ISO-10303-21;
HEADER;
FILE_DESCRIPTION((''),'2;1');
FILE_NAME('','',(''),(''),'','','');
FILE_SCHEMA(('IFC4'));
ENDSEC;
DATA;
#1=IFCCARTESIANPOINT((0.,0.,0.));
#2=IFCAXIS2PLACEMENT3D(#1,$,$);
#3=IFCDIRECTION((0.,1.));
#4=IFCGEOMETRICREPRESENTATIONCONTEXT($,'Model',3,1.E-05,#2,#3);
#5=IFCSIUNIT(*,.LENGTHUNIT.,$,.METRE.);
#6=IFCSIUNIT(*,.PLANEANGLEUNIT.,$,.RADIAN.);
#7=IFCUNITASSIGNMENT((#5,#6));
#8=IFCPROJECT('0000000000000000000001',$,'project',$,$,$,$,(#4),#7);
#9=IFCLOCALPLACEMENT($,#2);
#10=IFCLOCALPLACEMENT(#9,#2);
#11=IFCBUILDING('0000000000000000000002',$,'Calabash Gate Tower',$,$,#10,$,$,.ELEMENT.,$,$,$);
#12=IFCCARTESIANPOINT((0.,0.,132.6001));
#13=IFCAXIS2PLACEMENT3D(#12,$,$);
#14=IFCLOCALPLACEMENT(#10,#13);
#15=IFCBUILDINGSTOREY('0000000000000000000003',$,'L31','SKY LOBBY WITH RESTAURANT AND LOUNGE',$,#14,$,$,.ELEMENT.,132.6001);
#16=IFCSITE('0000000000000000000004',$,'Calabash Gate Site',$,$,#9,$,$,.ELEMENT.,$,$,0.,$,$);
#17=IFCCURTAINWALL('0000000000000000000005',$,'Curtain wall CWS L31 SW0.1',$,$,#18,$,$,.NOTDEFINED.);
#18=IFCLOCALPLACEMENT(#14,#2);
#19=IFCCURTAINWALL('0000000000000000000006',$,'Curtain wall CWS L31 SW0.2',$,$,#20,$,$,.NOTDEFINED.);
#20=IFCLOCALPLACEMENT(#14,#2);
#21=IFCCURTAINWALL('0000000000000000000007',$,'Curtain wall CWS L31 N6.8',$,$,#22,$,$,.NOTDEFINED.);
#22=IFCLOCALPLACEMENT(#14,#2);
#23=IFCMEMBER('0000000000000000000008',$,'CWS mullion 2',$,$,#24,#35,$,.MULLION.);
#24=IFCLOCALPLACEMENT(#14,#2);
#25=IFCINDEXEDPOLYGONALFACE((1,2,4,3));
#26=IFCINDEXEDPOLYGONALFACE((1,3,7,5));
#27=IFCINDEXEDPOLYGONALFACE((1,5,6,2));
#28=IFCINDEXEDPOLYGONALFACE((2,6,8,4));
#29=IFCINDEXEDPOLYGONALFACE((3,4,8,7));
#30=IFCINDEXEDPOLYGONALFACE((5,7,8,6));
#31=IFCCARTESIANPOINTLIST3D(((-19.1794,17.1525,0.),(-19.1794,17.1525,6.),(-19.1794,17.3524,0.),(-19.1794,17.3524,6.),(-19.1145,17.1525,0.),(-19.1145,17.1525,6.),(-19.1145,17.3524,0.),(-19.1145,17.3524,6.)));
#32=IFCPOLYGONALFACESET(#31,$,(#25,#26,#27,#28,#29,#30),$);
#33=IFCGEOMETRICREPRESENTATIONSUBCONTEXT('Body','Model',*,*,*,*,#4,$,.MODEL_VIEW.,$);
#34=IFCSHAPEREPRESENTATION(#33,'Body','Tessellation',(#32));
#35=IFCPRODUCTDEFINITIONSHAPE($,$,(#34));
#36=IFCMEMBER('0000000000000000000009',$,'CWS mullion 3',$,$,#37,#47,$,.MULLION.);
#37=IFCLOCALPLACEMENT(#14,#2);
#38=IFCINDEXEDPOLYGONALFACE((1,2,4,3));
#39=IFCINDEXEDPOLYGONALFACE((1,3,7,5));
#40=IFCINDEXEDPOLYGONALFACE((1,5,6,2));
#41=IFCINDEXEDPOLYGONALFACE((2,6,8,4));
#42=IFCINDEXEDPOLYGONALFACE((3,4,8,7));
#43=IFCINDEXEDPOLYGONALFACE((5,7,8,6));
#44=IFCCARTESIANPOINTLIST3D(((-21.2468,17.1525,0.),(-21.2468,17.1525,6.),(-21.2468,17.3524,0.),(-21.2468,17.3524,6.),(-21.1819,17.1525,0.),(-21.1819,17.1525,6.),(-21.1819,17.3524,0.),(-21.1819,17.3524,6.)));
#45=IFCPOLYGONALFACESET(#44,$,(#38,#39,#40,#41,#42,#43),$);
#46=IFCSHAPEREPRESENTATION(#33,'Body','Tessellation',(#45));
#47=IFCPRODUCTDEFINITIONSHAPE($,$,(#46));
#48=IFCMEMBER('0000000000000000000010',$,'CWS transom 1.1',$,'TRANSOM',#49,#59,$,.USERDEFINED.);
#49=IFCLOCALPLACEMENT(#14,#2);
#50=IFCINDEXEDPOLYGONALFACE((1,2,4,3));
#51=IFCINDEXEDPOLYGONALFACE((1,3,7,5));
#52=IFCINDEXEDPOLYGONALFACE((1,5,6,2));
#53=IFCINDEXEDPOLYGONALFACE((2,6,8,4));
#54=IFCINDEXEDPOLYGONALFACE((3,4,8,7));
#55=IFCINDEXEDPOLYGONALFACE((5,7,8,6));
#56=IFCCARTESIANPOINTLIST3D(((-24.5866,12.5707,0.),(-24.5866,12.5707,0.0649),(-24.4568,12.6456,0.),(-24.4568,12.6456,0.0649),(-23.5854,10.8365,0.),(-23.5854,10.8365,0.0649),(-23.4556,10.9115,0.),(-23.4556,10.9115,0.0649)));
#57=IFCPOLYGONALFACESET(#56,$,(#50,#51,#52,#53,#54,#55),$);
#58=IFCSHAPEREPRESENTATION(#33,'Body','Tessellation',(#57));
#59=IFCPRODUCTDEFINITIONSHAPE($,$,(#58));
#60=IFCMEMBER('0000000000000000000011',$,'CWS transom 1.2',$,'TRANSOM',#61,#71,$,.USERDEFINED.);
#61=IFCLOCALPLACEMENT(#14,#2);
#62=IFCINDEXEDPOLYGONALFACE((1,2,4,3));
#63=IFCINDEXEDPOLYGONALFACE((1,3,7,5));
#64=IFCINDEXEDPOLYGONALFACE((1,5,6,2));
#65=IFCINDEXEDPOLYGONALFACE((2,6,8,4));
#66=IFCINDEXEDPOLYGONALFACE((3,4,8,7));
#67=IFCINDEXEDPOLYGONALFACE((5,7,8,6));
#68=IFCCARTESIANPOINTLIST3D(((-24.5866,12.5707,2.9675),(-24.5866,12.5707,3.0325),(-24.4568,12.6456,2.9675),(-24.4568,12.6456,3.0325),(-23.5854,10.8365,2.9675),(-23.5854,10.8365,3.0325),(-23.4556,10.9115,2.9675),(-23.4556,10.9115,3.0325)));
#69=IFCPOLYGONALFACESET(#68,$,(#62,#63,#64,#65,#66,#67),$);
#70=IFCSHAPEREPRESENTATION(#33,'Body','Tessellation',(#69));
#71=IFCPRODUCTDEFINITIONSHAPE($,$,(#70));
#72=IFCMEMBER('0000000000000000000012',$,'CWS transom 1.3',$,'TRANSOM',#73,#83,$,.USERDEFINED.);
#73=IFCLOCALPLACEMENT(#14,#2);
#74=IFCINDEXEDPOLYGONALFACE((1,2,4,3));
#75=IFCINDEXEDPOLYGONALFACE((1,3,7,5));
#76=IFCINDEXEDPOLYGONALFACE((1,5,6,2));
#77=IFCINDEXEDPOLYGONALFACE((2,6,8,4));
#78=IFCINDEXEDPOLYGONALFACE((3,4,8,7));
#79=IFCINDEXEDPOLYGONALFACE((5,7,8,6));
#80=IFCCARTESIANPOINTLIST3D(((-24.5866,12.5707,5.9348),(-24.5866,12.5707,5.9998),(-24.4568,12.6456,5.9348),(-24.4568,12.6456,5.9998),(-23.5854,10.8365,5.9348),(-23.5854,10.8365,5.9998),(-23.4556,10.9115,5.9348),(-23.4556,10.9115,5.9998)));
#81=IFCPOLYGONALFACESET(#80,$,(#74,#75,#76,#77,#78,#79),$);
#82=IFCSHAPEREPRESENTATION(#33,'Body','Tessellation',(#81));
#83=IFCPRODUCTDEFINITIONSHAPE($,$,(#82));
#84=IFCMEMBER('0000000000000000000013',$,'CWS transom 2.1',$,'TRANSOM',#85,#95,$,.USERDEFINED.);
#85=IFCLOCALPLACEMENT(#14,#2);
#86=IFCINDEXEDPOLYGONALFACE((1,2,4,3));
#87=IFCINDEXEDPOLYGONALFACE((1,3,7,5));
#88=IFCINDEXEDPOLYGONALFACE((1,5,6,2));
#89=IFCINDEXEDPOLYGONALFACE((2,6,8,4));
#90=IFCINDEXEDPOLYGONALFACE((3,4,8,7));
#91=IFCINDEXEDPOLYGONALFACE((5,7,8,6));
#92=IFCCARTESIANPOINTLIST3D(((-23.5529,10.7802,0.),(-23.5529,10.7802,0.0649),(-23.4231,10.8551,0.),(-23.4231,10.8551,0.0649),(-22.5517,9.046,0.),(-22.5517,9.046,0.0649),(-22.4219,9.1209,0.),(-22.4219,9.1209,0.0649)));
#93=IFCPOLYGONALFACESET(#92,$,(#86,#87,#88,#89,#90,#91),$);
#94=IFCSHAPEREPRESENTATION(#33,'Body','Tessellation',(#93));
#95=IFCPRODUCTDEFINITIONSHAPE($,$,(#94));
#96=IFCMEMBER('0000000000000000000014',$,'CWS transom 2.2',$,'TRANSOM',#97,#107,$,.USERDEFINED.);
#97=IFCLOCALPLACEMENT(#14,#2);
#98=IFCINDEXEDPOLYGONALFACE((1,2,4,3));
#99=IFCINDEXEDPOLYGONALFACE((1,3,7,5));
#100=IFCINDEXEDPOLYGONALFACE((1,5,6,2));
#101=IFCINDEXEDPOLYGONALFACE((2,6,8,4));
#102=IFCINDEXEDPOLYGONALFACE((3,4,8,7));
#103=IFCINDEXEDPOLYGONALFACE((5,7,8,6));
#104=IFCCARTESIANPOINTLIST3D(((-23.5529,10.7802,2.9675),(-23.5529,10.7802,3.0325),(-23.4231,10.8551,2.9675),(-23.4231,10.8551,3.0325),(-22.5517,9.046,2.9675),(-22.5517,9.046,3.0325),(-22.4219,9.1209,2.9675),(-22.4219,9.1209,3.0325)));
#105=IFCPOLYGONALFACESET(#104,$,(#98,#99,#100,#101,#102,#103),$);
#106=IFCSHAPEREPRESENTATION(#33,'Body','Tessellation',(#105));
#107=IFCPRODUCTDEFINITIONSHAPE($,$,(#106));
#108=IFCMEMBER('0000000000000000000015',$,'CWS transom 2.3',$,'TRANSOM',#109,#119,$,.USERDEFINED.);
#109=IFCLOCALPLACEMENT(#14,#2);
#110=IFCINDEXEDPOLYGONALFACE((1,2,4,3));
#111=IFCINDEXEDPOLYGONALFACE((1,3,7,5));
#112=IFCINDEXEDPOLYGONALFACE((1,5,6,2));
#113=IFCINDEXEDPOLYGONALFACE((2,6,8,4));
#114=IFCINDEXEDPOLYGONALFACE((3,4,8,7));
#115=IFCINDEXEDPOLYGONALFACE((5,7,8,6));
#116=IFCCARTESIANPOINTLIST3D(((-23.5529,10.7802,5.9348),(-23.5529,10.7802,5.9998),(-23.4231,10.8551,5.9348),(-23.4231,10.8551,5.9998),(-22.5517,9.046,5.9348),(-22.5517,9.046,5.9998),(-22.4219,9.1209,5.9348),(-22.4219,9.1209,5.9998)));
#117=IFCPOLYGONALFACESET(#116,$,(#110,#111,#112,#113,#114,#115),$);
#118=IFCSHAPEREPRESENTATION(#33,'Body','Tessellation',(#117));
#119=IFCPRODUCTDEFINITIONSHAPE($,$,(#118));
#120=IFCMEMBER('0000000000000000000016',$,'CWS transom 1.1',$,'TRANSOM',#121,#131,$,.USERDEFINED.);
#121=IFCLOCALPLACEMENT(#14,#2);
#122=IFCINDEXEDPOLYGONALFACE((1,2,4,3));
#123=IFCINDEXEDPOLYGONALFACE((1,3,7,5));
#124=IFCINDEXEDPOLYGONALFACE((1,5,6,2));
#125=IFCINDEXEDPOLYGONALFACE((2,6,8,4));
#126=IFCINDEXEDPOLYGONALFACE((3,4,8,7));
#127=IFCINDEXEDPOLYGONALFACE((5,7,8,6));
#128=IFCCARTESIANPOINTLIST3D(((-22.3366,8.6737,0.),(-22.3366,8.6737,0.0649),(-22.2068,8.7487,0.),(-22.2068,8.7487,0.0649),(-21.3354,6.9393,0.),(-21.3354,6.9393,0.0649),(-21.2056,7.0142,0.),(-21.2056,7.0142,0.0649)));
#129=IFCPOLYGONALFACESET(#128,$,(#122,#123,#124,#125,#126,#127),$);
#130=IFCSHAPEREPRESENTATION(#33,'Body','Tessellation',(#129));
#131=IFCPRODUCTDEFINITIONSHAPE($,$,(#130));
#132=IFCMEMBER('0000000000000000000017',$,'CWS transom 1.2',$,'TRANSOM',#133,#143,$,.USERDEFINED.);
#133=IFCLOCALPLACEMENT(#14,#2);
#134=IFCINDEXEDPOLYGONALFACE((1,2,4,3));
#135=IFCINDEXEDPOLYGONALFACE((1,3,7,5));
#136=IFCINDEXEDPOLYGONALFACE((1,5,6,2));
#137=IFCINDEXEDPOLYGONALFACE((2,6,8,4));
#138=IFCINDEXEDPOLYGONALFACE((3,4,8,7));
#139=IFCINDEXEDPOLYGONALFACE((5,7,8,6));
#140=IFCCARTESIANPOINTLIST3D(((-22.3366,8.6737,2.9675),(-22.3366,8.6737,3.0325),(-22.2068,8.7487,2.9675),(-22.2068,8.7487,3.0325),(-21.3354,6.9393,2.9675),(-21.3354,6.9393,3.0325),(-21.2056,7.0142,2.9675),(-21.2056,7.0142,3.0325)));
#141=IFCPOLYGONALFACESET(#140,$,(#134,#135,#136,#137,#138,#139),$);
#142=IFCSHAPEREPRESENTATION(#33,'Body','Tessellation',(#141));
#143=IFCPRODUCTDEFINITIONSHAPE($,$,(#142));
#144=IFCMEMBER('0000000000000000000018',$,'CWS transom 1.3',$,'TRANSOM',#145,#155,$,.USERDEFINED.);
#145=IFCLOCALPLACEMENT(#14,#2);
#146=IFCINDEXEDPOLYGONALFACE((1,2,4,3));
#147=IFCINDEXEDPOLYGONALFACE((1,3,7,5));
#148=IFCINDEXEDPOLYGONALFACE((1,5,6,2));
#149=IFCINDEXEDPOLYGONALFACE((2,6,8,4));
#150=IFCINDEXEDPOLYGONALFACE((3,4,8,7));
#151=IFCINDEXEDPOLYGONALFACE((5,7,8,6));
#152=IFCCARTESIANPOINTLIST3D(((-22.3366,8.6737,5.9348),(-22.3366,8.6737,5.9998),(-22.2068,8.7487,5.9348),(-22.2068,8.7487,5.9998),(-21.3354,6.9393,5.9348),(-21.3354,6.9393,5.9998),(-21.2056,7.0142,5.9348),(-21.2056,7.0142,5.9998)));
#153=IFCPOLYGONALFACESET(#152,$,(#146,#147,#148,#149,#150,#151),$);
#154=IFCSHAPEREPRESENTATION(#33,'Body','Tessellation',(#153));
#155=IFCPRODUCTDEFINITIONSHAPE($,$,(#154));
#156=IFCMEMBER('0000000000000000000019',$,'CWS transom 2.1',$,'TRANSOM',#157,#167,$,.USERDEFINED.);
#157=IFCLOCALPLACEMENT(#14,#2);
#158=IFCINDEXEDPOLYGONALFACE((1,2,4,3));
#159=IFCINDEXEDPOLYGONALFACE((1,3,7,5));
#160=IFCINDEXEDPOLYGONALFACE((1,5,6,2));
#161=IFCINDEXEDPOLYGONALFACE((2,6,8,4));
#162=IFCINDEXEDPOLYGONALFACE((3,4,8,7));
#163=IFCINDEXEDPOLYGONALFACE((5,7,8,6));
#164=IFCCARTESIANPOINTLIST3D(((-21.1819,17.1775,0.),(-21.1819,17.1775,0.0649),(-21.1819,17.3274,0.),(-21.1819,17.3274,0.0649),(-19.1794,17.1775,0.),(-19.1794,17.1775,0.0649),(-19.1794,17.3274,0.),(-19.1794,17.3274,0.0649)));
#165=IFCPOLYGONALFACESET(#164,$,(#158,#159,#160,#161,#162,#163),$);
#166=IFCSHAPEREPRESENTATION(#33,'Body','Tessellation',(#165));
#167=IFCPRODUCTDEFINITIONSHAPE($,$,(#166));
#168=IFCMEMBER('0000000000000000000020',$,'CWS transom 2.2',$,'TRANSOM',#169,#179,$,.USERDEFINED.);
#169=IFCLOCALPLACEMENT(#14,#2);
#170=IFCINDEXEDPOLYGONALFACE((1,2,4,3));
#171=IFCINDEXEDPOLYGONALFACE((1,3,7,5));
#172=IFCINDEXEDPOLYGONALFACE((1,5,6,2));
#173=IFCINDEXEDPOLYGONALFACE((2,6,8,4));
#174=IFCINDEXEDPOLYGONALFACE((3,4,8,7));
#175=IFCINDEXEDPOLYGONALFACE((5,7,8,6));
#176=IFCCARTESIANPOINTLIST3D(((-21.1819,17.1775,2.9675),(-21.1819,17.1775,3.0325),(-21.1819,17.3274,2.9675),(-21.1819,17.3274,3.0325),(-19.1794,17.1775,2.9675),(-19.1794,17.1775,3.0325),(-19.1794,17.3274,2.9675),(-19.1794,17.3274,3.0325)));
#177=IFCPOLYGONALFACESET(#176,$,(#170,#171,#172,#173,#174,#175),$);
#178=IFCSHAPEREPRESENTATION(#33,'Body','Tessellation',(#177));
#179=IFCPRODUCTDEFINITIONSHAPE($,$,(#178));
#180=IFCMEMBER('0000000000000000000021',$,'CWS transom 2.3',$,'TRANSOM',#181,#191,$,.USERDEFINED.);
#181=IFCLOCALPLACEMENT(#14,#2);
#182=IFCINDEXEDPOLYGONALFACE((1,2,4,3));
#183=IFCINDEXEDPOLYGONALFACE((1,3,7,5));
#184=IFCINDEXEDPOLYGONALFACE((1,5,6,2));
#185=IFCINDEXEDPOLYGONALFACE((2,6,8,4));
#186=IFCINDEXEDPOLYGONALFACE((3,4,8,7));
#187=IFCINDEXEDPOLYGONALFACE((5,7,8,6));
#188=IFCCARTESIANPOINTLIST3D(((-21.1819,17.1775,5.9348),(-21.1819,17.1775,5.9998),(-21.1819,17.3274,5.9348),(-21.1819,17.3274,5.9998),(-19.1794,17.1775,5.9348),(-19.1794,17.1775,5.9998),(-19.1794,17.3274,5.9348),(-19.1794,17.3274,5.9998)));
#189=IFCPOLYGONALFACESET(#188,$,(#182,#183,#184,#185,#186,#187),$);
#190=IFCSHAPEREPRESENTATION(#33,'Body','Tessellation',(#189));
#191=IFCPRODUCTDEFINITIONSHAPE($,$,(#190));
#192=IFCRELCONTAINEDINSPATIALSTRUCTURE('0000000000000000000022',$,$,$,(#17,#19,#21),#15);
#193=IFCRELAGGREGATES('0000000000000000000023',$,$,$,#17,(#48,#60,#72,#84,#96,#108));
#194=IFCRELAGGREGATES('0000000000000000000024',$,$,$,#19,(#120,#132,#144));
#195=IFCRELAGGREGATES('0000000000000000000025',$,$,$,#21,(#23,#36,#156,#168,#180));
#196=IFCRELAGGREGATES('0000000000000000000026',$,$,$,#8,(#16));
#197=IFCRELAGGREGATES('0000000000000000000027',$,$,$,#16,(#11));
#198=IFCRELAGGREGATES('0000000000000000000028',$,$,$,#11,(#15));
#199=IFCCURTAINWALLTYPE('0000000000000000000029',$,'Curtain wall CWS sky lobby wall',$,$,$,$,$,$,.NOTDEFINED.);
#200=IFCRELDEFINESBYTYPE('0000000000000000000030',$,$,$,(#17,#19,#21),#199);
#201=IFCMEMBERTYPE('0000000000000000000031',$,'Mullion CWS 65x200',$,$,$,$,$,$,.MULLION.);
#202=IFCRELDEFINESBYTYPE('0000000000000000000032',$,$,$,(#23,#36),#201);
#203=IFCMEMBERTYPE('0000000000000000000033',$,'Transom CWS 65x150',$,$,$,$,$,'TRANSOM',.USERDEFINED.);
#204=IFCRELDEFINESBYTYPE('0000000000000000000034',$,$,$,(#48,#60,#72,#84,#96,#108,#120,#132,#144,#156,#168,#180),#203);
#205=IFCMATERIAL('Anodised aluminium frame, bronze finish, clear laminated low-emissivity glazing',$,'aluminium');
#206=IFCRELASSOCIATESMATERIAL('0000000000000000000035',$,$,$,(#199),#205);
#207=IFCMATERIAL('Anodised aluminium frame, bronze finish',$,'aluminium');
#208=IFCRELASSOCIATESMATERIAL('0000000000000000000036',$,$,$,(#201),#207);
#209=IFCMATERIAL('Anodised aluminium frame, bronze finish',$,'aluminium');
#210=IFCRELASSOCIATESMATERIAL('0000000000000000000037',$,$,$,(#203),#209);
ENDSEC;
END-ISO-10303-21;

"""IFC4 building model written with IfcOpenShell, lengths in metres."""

from ifc_helpers import new_model, si_unit, direction, frame, origin, origin_2d, place, context, subcontext, project, spatial, rectangle, extrude, material, material_profile, profile_set, type_object, element, aggregate, save


model = new_model("IFC4")

# Units and contexts
model_context = context("Model", 3, precision=1e-05, world=origin(), true_north=direction((0.0, 1.0)))
body_context = subcontext(model_context, "Body", "Model", "MODEL_VIEW")
ifc_project = project(units=[si_unit("LENGTHUNIT", "METRE"), si_unit("PLANEANGLEUNIT", "RADIAN")], contexts=[model_context])

# Site, building, storey
site_placement = place(None, origin())
site = spatial("IfcSite", under=ifc_project, at=site_placement, Name="Calabash Gate Site", CompositionType="ELEMENT", RefElevation=0.0)
building_placement = place(site_placement, origin())
building = spatial("IfcBuilding", under=site, at=building_placement, Name="Calabash Gate Tower", CompositionType="ELEMENT")
storey_placement = place(building_placement, frame((0.0, 0.0, 132.6001)))
storey = spatial("IfcBuildingStorey", under=building, at=storey_placement, Name="L31", Description="SKY LOBBY WITH RESTAURANT AND LOUNGE", CompositionType="ELEMENT", Elevation=132.6001)

# Curtain wall
ifc_material_1 = material(Name="Anodised aluminium frame, bronze finish, clear laminated low-emissivity glazing", Category="aluminium")
curtain_wall_type = type_object("IfcCurtainWallType", Name="Curtain wall CWS sky lobby wall", PredefinedType="NOTDEFINED", material=ifc_material_1)
curtain_wall_1_placement = place(storey_placement, origin())
curtain_wall_1 = element("IfcCurtainWall", 1, at=curtain_wall_1_placement, inside=storey, type_object=curtain_wall_type, Name="Curtain wall CWS L31 SW0.1", PredefinedType="NOTDEFINED")
ifc_material_2 = material(Name="Anodised aluminium frame, bronze finish", Category="aluminium")
ifc_material_profile_1 = material_profile(ifc_material_2, rectangle(XDim=0.2, YDim=0.0649, at=origin_2d()))
ifc_profile_set_1 = profile_set([ifc_material_profile_1], Name="Anodised aluminium frame, bronze finish")
member_type_1 = type_object("IfcMemberType", Name="Mullion CWS 65x200", PredefinedType="MULLION", material=ifc_profile_set_1)

# Curtain wall
curtain_wall_2_placement = place(storey_placement, origin())
curtain_wall_2 = element("IfcCurtainWall", 2, at=curtain_wall_2_placement, inside=storey, type_object=curtain_wall_type, Name="Curtain wall CWS L31 SW0.2", PredefinedType="NOTDEFINED")

# Curtain wall, members
curtain_wall_3_placement = place(storey_placement, origin())
curtain_wall_3 = element("IfcCurtainWall", 3, at=curtain_wall_3_placement, inside=storey, type_object=curtain_wall_type, Name="Curtain wall CWS L31 N6.8", PredefinedType="NOTDEFINED")
member_1_placement = place(storey_placement, frame((-19.147, 17.2524, 0.0), z_axis=(0.0, 0.0, 1.0), x_axis=(0.0, -1.0, 0.0)))
member_1 = element("IfcMember", 4, at=member_1_placement, type_object=member_type_1, Name="CWS mullion 2", PredefinedType="MULLION", context=body_context, shape_type="SweptSolid", body=[
    extrude(rectangle(XDim=0.2, YDim=0.0649, at=origin_2d()), origin(), (0.0, 0.0, 1.0), 6.0),
])
member_2_placement = place(storey_placement, frame((-21.2144, 17.2524, 0.0), z_axis=(0.0, 0.0, 1.0), x_axis=(0.0, -1.0, 0.0)))
member_2 = element("IfcMember", 5, at=member_2_placement, type_object=member_type_1, Name="CWS mullion 3", PredefinedType="MULLION", context=body_context, shape_type="SweptSolid", body=[
    extrude(rectangle(XDim=0.2, YDim=0.0649, at=origin_2d()), origin(), (0.0, 0.0, 1.0), 6.0),
])

# Members
ifc_material_3 = material(Name="Anodised aluminium frame, bronze finish", Category="aluminium")
ifc_material_profile_2 = material_profile(ifc_material_3, rectangle(XDim=0.1499, YDim=0.0649, at=origin_2d()))
ifc_profile_set_2 = profile_set([ifc_material_profile_2], Name="Anodised aluminium frame, bronze finish")
member_type_2 = type_object("IfcMemberType", Name="Transom CWS 65x150", ElementType="TRANSOM", PredefinedType="USERDEFINED", material=ifc_profile_set_2)
member_3_placement = place(storey_placement, frame((-24.5217, 12.6082, 0.0325), z_axis=(0.500007, -0.866021, 0.0), x_axis=(0.866021, 0.500007, 0.0)))
member_3 = element("IfcMember", 6, at=member_3_placement, type_object=member_type_2, Name="CWS transom 1.1", ObjectType="TRANSOM", PredefinedType="USERDEFINED", context=body_context, shape_type="SweptSolid", body=[
    extrude(rectangle(XDim=0.1499, YDim=0.0649, at=origin_2d()), origin(), (0.0, 0.0, 1.0), 2.0024),
])
member_4_placement = place(storey_placement, frame((-24.5217, 12.6082, 3.0), z_axis=(0.500007, -0.866021, 0.0), x_axis=(0.866021, 0.500007, 0.0)))
member_4 = element("IfcMember", 7, at=member_4_placement, type_object=member_type_2, Name="CWS transom 1.2", ObjectType="TRANSOM", PredefinedType="USERDEFINED", context=body_context, shape_type="SweptSolid", body=[
    extrude(rectangle(XDim=0.1499, YDim=0.0649, at=origin_2d()), origin(), (0.0, 0.0, 1.0), 2.0024),
])
member_5_placement = place(storey_placement, frame((-24.5217, 12.6082, 5.9673), z_axis=(0.500007, -0.866021, 0.0), x_axis=(0.866021, 0.500007, 0.0)))
member_5 = element("IfcMember", 8, at=member_5_placement, type_object=member_type_2, Name="CWS transom 1.3", ObjectType="TRANSOM", PredefinedType="USERDEFINED", context=body_context, shape_type="SweptSolid", body=[
    extrude(rectangle(XDim=0.1499, YDim=0.0649, at=origin_2d()), origin(), (0.0, 0.0, 1.0), 2.0024),
])
member_6_placement = place(storey_placement, frame((-23.488, 10.8176, 0.0325), z_axis=(0.500007, -0.866021, 0.0), x_axis=(0.866021, 0.500007, 0.0)))
member_6 = element("IfcMember", 9, at=member_6_placement, type_object=member_type_2, Name="CWS transom 2.1", ObjectType="TRANSOM", PredefinedType="USERDEFINED", context=body_context, shape_type="SweptSolid", body=[
    extrude(rectangle(XDim=0.1499, YDim=0.0649, at=origin_2d()), origin(), (0.0, 0.0, 1.0), 2.0024),
])
member_7_placement = place(storey_placement, frame((-23.488, 10.8176, 3.0), z_axis=(0.500007, -0.866021, 0.0), x_axis=(0.866021, 0.500007, 0.0)))
member_7 = element("IfcMember", 10, at=member_7_placement, type_object=member_type_2, Name="CWS transom 2.2", ObjectType="TRANSOM", PredefinedType="USERDEFINED", context=body_context, shape_type="SweptSolid", body=[
    extrude(rectangle(XDim=0.1499, YDim=0.0649, at=origin_2d()), origin(), (0.0, 0.0, 1.0), 2.0024),
])
member_8_placement = place(storey_placement, frame((-23.488, 10.8176, 5.9673), z_axis=(0.500007, -0.866021, 0.0), x_axis=(0.866021, 0.500007, 0.0)))
member_8 = element("IfcMember", 11, at=member_8_placement, type_object=member_type_2, Name="CWS transom 2.3", ObjectType="TRANSOM", PredefinedType="USERDEFINED", context=body_context, shape_type="SweptSolid", body=[
    extrude(rectangle(XDim=0.1499, YDim=0.0649, at=origin_2d()), origin(), (0.0, 0.0, 1.0), 2.0024),
])
member_9_placement = place(storey_placement, frame((-22.2717, 8.7112, 0.0325), z_axis=(0.499955, -0.866052, 0.0), x_axis=(0.866052, 0.499955, 0.0)))
member_9 = element("IfcMember", 12, at=member_9_placement, type_object=member_type_2, Name="CWS transom 1.1", ObjectType="TRANSOM", PredefinedType="USERDEFINED", context=body_context, shape_type="SweptSolid", body=[
    extrude(rectangle(XDim=0.1499, YDim=0.0649, at=origin_2d()), origin(), (0.0, 0.0, 1.0), 2.0027),
])
member_10_placement = place(storey_placement, frame((-22.2717, 8.7112, 3.0), z_axis=(0.499955, -0.866052, 0.0), x_axis=(0.866052, 0.499955, 0.0)))
member_10 = element("IfcMember", 13, at=member_10_placement, type_object=member_type_2, Name="CWS transom 1.2", ObjectType="TRANSOM", PredefinedType="USERDEFINED", context=body_context, shape_type="SweptSolid", body=[
    extrude(rectangle(XDim=0.1499, YDim=0.0649, at=origin_2d()), origin(), (0.0, 0.0, 1.0), 2.0027),
])
member_11_placement = place(storey_placement, frame((-22.2717, 8.7112, 5.9673), z_axis=(0.499955, -0.866052, 0.0), x_axis=(0.866052, 0.499955, 0.0)))
member_11 = element("IfcMember", 14, at=member_11_placement, type_object=member_type_2, Name="CWS transom 1.3", ObjectType="TRANSOM", PredefinedType="USERDEFINED", context=body_context, shape_type="SweptSolid", body=[
    extrude(rectangle(XDim=0.1499, YDim=0.0649, at=origin_2d()), origin(), (0.0, 0.0, 1.0), 2.0027),
])
member_12_placement = place(storey_placement, frame((-19.1794, 17.2524, 0.0325), z_axis=(-1.0, 0.0, 0.0), x_axis=(0.0, -1.0, 0.0)))
member_12 = element("IfcMember", 15, at=member_12_placement, type_object=member_type_2, Name="CWS transom 2.1", ObjectType="TRANSOM", PredefinedType="USERDEFINED", context=body_context, shape_type="SweptSolid", body=[
    extrude(rectangle(XDim=0.1499, YDim=0.0649, at=origin_2d()), origin(), (0.0, 0.0, 1.0), 2.0024),
])
member_13_placement = place(storey_placement, frame((-19.1794, 17.2524, 3.0), z_axis=(-1.0, 0.0, 0.0), x_axis=(0.0, -1.0, 0.0)))
member_13 = element("IfcMember", 16, at=member_13_placement, type_object=member_type_2, Name="CWS transom 2.2", ObjectType="TRANSOM", PredefinedType="USERDEFINED", context=body_context, shape_type="SweptSolid", body=[
    extrude(rectangle(XDim=0.1499, YDim=0.0649, at=origin_2d()), origin(), (0.0, 0.0, 1.0), 2.0024),
])
member_14_placement = place(storey_placement, frame((-19.1794, 17.2524, 5.9673), z_axis=(-1.0, 0.0, 0.0), x_axis=(0.0, -1.0, 0.0)))
member_14 = element("IfcMember", 17, at=member_14_placement, type_object=member_type_2, Name="CWS transom 2.3", ObjectType="TRANSOM", PredefinedType="USERDEFINED", context=body_context, shape_type="SweptSolid", body=[
    extrude(rectangle(XDim=0.1499, YDim=0.0649, at=origin_2d()), origin(), (0.0, 0.0, 1.0), 2.0024),
])

aggregate(curtain_wall_1, [member_3, member_4, member_5, member_6, member_7, member_8])
aggregate(curtain_wall_2, [member_9, member_10, member_11])
aggregate(curtain_wall_3, [member_1, member_2, member_12, member_13, member_14])

save(model, "model.ifc")
